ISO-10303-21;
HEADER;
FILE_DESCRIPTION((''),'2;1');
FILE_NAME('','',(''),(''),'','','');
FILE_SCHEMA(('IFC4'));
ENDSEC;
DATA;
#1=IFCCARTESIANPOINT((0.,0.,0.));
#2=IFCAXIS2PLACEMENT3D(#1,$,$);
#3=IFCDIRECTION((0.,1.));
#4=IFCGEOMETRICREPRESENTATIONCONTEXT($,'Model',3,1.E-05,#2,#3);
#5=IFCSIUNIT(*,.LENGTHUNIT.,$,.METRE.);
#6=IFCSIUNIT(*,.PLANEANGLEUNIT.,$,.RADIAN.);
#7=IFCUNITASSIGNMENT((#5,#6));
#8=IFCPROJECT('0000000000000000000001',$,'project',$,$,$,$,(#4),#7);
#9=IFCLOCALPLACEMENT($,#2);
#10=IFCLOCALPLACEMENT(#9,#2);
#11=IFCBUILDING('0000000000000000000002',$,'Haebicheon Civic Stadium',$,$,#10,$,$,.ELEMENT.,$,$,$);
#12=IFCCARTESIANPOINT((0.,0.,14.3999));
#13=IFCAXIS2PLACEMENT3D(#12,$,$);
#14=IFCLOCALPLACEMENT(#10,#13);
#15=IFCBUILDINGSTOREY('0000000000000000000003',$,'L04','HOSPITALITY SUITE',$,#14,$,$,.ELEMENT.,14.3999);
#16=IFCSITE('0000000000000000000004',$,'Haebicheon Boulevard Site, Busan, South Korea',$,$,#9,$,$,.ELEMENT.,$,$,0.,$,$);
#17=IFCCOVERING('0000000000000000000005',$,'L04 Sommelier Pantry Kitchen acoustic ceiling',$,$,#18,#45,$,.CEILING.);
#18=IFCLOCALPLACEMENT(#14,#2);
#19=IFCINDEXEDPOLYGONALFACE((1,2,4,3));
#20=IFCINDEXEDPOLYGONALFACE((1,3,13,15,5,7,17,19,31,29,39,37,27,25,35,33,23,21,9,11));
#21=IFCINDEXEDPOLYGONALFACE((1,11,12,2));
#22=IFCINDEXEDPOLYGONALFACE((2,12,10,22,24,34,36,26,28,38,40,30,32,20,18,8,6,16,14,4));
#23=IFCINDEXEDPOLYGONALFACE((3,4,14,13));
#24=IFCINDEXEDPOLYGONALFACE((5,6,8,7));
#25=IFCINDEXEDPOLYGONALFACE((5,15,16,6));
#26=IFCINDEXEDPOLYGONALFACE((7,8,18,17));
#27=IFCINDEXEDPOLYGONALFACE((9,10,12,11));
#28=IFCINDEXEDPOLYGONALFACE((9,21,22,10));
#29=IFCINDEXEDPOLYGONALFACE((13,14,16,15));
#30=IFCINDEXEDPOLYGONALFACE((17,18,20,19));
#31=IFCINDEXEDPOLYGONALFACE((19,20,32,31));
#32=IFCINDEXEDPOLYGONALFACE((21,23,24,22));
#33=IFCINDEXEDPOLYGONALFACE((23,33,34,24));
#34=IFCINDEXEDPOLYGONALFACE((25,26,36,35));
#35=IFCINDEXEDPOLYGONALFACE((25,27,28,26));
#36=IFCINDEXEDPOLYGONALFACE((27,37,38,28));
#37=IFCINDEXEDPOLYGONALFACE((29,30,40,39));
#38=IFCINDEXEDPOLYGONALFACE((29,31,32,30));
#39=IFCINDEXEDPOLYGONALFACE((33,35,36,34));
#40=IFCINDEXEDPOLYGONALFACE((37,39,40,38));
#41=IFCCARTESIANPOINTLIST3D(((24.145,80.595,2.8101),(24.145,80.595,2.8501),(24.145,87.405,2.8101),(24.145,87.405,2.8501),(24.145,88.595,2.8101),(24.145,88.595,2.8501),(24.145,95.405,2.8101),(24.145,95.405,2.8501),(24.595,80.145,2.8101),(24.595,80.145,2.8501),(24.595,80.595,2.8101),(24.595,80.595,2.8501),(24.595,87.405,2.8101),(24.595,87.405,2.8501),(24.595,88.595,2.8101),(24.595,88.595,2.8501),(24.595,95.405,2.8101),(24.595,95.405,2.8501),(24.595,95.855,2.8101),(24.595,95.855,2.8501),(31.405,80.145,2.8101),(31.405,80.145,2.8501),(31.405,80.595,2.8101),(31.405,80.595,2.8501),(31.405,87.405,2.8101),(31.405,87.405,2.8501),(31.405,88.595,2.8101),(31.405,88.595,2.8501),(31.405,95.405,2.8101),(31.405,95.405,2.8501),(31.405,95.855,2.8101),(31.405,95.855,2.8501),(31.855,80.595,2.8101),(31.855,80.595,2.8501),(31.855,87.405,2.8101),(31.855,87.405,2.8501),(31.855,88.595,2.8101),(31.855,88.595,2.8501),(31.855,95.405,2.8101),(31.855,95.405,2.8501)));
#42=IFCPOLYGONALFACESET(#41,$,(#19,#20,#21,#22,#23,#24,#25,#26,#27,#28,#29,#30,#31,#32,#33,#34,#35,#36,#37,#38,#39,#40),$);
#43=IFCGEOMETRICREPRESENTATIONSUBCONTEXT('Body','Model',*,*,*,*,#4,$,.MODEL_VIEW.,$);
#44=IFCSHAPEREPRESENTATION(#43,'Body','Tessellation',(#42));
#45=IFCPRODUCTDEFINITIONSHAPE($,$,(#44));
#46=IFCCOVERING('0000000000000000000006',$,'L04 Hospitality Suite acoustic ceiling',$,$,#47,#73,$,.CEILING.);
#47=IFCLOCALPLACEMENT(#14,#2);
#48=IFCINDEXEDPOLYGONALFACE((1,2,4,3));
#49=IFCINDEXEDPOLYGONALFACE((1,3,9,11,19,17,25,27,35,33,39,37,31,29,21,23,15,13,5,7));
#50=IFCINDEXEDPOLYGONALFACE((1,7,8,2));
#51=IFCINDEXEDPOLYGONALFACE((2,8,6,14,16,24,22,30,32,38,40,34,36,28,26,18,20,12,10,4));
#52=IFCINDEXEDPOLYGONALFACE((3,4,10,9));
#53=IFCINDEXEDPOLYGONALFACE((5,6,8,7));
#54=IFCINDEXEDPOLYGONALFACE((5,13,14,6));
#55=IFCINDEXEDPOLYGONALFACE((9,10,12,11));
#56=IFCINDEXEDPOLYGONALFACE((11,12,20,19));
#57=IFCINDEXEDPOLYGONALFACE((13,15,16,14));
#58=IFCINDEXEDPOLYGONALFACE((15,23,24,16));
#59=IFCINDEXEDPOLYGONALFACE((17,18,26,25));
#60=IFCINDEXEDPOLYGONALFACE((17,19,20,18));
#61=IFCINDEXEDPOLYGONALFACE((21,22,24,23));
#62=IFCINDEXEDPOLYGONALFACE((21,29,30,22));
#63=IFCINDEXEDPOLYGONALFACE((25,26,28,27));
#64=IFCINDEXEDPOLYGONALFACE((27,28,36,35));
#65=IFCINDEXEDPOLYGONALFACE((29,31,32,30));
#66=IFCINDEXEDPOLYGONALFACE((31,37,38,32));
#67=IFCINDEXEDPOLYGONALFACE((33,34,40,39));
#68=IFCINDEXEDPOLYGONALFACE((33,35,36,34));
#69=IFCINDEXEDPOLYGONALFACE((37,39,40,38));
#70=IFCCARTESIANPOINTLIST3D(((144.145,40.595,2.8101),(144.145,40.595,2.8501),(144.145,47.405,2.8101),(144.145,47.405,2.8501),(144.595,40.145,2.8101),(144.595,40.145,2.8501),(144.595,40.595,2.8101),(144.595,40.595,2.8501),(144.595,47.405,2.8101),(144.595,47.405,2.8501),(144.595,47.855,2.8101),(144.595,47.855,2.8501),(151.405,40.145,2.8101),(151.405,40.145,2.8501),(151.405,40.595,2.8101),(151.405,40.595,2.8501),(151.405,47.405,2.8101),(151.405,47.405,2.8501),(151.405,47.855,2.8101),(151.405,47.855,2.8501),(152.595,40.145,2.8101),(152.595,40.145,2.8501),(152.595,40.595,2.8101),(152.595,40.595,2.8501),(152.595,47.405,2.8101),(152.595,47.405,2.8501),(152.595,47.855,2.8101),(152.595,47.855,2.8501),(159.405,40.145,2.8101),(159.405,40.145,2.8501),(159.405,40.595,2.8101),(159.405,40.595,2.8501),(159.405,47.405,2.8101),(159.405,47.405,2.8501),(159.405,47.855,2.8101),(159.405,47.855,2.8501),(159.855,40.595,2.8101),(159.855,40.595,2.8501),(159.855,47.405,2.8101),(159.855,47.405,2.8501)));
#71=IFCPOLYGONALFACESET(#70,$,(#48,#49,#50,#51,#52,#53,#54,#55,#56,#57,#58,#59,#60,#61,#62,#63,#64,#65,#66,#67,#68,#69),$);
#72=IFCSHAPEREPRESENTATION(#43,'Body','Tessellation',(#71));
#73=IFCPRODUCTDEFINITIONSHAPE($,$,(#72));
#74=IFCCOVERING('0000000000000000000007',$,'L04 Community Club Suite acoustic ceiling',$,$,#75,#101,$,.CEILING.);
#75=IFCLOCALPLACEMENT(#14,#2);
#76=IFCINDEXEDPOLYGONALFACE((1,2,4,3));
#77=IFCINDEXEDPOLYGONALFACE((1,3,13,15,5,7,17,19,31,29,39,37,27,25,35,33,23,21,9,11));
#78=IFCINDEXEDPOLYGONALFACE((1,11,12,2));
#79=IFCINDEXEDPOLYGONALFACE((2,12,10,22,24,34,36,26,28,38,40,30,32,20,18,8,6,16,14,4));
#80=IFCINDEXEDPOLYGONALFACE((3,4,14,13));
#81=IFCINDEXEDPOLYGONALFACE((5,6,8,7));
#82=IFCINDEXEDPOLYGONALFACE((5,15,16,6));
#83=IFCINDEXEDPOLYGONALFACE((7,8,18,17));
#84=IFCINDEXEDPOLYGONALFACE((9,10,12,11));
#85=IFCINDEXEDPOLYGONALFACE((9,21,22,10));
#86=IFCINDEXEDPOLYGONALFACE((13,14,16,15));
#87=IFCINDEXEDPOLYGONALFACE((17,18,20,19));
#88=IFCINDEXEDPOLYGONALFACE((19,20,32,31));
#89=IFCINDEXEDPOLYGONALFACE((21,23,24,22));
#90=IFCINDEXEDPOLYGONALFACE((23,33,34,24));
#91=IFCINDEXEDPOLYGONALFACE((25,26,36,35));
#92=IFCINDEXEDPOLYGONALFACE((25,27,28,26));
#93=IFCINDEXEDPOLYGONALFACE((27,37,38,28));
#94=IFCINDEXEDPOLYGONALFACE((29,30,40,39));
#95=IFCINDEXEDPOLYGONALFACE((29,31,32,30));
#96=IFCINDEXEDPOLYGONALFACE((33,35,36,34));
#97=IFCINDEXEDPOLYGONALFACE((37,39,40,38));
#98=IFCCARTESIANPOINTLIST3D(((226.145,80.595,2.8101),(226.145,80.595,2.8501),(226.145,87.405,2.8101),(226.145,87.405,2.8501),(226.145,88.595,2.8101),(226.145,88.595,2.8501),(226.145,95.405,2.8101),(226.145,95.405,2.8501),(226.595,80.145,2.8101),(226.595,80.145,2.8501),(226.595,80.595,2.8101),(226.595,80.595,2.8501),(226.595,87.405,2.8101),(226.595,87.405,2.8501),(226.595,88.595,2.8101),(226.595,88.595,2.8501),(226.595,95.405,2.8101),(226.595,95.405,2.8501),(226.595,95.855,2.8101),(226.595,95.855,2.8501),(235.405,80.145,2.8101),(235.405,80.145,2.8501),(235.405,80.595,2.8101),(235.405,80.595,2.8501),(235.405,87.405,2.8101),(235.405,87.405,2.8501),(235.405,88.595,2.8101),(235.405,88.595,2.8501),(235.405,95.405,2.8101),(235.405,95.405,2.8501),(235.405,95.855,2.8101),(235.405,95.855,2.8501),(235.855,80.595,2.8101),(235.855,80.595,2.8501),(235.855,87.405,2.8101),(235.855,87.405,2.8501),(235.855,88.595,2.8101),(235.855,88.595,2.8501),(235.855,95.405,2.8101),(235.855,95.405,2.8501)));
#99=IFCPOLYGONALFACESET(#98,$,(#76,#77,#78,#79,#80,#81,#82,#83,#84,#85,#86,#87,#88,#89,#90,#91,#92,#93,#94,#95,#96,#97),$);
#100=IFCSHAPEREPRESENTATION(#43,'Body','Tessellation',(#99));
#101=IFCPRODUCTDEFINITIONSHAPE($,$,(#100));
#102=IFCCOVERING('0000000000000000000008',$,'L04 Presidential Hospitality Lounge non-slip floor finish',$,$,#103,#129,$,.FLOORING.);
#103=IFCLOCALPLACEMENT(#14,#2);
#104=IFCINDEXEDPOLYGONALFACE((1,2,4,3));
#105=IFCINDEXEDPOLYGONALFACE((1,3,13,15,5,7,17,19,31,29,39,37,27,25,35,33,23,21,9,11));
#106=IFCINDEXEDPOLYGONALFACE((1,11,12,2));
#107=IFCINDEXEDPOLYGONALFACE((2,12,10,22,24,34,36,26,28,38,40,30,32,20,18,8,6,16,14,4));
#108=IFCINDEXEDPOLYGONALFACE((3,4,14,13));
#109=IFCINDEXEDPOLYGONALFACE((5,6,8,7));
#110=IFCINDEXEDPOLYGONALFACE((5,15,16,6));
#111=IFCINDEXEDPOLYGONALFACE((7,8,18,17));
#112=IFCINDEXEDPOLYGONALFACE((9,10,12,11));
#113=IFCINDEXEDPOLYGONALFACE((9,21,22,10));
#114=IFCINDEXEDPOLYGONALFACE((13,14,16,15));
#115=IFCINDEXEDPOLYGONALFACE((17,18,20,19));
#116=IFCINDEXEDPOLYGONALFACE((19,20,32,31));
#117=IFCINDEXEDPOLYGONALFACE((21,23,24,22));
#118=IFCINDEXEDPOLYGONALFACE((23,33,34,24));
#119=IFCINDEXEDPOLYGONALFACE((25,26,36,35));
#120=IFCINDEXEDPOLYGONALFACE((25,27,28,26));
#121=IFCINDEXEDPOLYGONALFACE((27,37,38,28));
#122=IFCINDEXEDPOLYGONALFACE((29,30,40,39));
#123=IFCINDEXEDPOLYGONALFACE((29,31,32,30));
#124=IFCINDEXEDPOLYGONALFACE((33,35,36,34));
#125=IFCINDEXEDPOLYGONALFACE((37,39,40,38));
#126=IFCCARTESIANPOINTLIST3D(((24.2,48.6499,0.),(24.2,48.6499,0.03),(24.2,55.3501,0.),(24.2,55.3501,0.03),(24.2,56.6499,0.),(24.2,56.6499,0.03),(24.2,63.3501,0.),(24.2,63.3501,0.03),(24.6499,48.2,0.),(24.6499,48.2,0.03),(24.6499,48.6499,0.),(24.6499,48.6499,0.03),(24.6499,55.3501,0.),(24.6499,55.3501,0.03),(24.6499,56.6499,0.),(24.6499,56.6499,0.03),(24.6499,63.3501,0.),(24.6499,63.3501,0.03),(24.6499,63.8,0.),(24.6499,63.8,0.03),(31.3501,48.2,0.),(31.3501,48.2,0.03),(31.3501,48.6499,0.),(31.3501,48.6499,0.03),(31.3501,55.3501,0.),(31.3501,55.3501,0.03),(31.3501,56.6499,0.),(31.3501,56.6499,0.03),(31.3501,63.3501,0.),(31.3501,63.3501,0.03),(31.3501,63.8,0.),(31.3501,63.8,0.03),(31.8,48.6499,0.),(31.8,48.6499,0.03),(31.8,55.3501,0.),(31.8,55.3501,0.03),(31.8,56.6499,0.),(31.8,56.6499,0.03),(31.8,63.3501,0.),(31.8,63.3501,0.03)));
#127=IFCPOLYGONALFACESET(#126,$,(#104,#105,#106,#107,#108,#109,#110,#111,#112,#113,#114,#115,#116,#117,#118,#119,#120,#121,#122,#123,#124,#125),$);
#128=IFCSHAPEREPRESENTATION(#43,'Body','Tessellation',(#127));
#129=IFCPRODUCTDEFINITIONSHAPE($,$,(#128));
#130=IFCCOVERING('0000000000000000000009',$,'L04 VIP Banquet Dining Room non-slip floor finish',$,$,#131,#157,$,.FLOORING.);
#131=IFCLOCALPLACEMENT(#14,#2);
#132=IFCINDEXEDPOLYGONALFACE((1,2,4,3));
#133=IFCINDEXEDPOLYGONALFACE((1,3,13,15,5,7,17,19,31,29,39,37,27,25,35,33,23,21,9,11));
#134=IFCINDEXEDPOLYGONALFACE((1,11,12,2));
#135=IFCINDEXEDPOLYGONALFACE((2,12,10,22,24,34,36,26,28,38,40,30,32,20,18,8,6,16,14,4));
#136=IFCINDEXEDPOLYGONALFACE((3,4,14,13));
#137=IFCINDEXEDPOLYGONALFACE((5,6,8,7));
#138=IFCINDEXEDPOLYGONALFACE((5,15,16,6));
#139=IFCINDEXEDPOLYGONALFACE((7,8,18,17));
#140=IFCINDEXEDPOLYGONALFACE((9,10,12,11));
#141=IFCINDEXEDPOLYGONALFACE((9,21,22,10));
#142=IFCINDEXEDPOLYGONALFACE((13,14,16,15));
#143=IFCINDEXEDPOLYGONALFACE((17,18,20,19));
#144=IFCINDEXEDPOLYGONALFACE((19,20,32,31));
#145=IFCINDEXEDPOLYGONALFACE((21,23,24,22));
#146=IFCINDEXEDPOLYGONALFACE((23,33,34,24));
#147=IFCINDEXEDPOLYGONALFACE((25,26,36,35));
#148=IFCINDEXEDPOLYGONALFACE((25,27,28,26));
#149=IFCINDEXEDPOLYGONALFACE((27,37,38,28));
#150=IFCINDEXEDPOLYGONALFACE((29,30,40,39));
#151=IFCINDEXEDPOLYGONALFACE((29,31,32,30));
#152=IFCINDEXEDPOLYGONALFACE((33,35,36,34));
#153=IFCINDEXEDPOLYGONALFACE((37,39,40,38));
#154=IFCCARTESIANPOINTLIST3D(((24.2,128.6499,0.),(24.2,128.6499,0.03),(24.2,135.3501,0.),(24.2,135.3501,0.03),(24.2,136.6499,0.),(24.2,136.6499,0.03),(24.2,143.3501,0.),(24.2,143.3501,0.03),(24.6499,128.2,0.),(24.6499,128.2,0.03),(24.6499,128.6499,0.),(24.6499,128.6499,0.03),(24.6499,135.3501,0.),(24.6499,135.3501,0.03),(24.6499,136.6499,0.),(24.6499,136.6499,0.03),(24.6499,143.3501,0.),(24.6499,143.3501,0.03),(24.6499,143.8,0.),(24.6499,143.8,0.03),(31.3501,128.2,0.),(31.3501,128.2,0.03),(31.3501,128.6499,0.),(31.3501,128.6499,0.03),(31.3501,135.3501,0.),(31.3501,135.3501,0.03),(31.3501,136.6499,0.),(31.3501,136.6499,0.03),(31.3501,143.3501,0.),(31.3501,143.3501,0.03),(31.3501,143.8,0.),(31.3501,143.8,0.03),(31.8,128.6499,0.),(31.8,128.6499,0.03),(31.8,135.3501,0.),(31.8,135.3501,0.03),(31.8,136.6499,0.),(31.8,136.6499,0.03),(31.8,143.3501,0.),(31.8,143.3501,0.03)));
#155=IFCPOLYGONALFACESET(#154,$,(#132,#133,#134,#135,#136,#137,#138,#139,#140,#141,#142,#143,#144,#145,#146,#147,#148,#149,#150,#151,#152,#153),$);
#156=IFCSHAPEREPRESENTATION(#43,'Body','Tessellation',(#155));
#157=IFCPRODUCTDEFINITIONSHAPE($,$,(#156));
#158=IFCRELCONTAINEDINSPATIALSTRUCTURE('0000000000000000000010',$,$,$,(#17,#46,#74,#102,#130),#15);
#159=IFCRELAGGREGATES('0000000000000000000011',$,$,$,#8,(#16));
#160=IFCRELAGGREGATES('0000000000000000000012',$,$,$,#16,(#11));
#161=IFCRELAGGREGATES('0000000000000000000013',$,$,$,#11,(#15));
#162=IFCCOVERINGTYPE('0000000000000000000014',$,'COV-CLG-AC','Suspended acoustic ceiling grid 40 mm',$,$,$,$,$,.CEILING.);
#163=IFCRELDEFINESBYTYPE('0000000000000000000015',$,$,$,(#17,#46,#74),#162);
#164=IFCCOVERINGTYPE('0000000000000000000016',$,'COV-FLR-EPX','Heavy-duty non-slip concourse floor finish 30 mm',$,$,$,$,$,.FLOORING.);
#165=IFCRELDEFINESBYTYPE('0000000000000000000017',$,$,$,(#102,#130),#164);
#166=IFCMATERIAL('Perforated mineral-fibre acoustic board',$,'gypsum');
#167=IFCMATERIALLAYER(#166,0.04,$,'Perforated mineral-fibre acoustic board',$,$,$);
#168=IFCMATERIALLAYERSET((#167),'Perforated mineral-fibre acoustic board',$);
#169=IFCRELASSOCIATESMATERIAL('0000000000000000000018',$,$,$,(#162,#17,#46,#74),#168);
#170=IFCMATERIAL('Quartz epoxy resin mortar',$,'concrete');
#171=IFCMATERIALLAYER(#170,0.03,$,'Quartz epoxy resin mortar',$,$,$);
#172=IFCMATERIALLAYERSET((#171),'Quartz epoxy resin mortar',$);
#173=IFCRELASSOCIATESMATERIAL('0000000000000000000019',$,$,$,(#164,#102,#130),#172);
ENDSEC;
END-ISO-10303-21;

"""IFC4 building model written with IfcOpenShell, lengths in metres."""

from ifc_helpers import new_model, si_unit, direction, frame, origin, place, context, subcontext, project, spatial, polyline, outline, extrude, material, layer, layer_set, type_object, element, save


model = new_model("IFC4")

# Units and contexts
model_context = context("Model", 3, precision=1e-05, world=origin(), true_north=direction((0.0, 1.0)))
body_context = subcontext(model_context, "Body", "Model", "MODEL_VIEW")
ifc_project = project(units=[si_unit("LENGTHUNIT", "METRE"), si_unit("PLANEANGLEUNIT", "RADIAN")], contexts=[model_context])

# Site, building, storey
site_placement = place(None, origin())
site = spatial("IfcSite", under=ifc_project, at=site_placement, Name="Haebicheon Boulevard Site, Busan, South Korea", CompositionType="ELEMENT", RefElevation=0.0)
building_placement = place(site_placement, origin())
building = spatial("IfcBuilding", under=site, at=building_placement, Name="Haebicheon Civic Stadium", CompositionType="ELEMENT")
storey_placement = place(building_placement, frame((0.0, 0.0, 14.3999)))
storey = spatial("IfcBuildingStorey", under=building, at=storey_placement, Name="L04", Description="HOSPITALITY SUITE", CompositionType="ELEMENT", Elevation=14.3999)

# Coverings
ifc_material_1 = material(Name="Perforated mineral-fibre acoustic board", Category="gypsum")
ifc_layer_1 = layer(ifc_material_1, 0.04, Name="Perforated mineral-fibre acoustic board")
ifc_layer_set_1 = layer_set([ifc_layer_1], Name="Perforated mineral-fibre acoustic board")
covering_type_1 = type_object("IfcCoveringType", Name="COV-CLG-AC", Description="Suspended acoustic ceiling grid 40 mm", PredefinedType="CEILING", material=ifc_layer_set_1)
covering_1_placement = place(storey_placement, frame((0.0, 0.0, 2.8101)))
element("IfcCovering", 1, at=covering_1_placement, inside=storey, type_object=covering_type_1, material=ifc_layer_set_1, Name="L04 Sommelier Pantry Kitchen acoustic ceiling", PredefinedType="CEILING", context=body_context, shape_type="SweptSolid", body=[
    extrude(outline(polyline([(24.595, 80.145), (24.595, 80.595), (24.145, 80.595), (24.145, 87.405), (24.595, 87.405), (24.595, 88.595), (24.145, 88.595), (24.145, 95.405), (24.595, 95.405), (24.595, 95.855), (31.405, 95.855), (31.405, 95.405), (31.855, 95.405), (31.855, 88.595), (31.405, 88.595), (31.405, 87.405), (31.855, 87.405), (31.855, 80.595), (31.405, 80.595), (31.405, 80.145), (24.595, 80.145)])), origin(), (0.0, 0.0, 1.0), 0.04),
])
covering_2_placement = place(storey_placement, frame((0.0, 0.0, 2.8101)))
element("IfcCovering", 2, at=covering_2_placement, inside=storey, type_object=covering_type_1, material=ifc_layer_set_1, Name="L04 Hospitality Suite acoustic ceiling", PredefinedType="CEILING", context=body_context, shape_type="SweptSolid", body=[
    extrude(outline(polyline([(144.145, 47.405), (144.595, 47.405), (144.595, 47.855), (151.405, 47.855), (151.405, 47.405), (152.595, 47.405), (152.595, 47.855), (159.405, 47.855), (159.405, 47.405), (159.855, 47.405), (159.855, 40.595), (159.405, 40.595), (159.405, 40.145), (152.595, 40.145), (152.595, 40.595), (151.405, 40.595), (151.405, 40.145), (144.595, 40.145), (144.595, 40.595), (144.145, 40.595), (144.145, 47.405)])), origin(), (0.0, 0.0, 1.0), 0.04),
])
covering_3_placement = place(storey_placement, frame((0.0, 0.0, 2.8101)))
element("IfcCovering", 3, at=covering_3_placement, inside=storey, type_object=covering_type_1, material=ifc_layer_set_1, Name="L04 Community Club Suite acoustic ceiling", PredefinedType="CEILING", context=body_context, shape_type="SweptSolid", body=[
    extrude(outline(polyline([(226.595, 80.145), (226.595, 80.595), (226.145, 80.595), (226.145, 87.405), (226.595, 87.405), (226.595, 88.595), (226.145, 88.595), (226.145, 95.405), (226.595, 95.405), (226.595, 95.855), (235.405, 95.855), (235.405, 95.405), (235.855, 95.405), (235.855, 88.595), (235.405, 88.595), (235.405, 87.405), (235.855, 87.405), (235.855, 80.595), (235.405, 80.595), (235.405, 80.145), (226.595, 80.145)])), origin(), (0.0, 0.0, 1.0), 0.04),
])
ifc_material_2 = material(Name="Quartz epoxy resin mortar", Category="concrete")
ifc_layer_2 = layer(ifc_material_2, 0.03, Name="Quartz epoxy resin mortar")
ifc_layer_set_2 = layer_set([ifc_layer_2], Name="Quartz epoxy resin mortar")
covering_type_2 = type_object("IfcCoveringType", Name="COV-FLR-EPX", Description="Heavy-duty non-slip concourse floor finish 30 mm", PredefinedType="FLOORING", material=ifc_layer_set_2)
covering_4_placement = place(storey_placement, origin())
element("IfcCovering", 4, at=covering_4_placement, inside=storey, type_object=covering_type_2, material=ifc_layer_set_2, Name="L04 Presidential Hospitality Lounge non-slip floor finish", PredefinedType="FLOORING", context=body_context, shape_type="SweptSolid", body=[
    extrude(outline(polyline([(24.6499, 48.2), (24.6499, 48.6499), (24.2, 48.6499), (24.2, 55.3501), (24.6499, 55.3501), (24.6499, 56.6499), (24.2, 56.6499), (24.2, 63.3501), (24.6499, 63.3501), (24.6499, 63.8), (31.3501, 63.8), (31.3501, 63.3501), (31.8, 63.3501), (31.8, 56.6499), (31.3501, 56.6499), (31.3501, 55.3501), (31.8, 55.3501), (31.8, 48.6499), (31.3501, 48.6499), (31.3501, 48.2), (24.6499, 48.2)])), origin(), (0.0, 0.0, 1.0), 0.03),
])
covering_5_placement = place(storey_placement, origin())
element("IfcCovering", 5, at=covering_5_placement, inside=storey, type_object=covering_type_2, material=ifc_layer_set_2, Name="L04 VIP Banquet Dining Room non-slip floor finish", PredefinedType="FLOORING", context=body_context, shape_type="SweptSolid", body=[
    extrude(outline(polyline([(24.6499, 128.2), (24.6499, 128.6499), (24.2, 128.6499), (24.2, 135.3501), (24.6499, 135.3501), (24.6499, 136.6499), (24.2, 136.6499), (24.2, 143.3501), (24.6499, 143.3501), (24.6499, 143.8), (31.3501, 143.8), (31.3501, 143.3501), (31.8, 143.3501), (31.8, 136.6499), (31.3501, 136.6499), (31.3501, 135.3501), (31.8, 135.3501), (31.8, 128.6499), (31.3501, 128.6499), (31.3501, 128.2), (24.6499, 128.2)])), origin(), (0.0, 0.0, 1.0), 0.03),
])

save(model, "model.ifc")
